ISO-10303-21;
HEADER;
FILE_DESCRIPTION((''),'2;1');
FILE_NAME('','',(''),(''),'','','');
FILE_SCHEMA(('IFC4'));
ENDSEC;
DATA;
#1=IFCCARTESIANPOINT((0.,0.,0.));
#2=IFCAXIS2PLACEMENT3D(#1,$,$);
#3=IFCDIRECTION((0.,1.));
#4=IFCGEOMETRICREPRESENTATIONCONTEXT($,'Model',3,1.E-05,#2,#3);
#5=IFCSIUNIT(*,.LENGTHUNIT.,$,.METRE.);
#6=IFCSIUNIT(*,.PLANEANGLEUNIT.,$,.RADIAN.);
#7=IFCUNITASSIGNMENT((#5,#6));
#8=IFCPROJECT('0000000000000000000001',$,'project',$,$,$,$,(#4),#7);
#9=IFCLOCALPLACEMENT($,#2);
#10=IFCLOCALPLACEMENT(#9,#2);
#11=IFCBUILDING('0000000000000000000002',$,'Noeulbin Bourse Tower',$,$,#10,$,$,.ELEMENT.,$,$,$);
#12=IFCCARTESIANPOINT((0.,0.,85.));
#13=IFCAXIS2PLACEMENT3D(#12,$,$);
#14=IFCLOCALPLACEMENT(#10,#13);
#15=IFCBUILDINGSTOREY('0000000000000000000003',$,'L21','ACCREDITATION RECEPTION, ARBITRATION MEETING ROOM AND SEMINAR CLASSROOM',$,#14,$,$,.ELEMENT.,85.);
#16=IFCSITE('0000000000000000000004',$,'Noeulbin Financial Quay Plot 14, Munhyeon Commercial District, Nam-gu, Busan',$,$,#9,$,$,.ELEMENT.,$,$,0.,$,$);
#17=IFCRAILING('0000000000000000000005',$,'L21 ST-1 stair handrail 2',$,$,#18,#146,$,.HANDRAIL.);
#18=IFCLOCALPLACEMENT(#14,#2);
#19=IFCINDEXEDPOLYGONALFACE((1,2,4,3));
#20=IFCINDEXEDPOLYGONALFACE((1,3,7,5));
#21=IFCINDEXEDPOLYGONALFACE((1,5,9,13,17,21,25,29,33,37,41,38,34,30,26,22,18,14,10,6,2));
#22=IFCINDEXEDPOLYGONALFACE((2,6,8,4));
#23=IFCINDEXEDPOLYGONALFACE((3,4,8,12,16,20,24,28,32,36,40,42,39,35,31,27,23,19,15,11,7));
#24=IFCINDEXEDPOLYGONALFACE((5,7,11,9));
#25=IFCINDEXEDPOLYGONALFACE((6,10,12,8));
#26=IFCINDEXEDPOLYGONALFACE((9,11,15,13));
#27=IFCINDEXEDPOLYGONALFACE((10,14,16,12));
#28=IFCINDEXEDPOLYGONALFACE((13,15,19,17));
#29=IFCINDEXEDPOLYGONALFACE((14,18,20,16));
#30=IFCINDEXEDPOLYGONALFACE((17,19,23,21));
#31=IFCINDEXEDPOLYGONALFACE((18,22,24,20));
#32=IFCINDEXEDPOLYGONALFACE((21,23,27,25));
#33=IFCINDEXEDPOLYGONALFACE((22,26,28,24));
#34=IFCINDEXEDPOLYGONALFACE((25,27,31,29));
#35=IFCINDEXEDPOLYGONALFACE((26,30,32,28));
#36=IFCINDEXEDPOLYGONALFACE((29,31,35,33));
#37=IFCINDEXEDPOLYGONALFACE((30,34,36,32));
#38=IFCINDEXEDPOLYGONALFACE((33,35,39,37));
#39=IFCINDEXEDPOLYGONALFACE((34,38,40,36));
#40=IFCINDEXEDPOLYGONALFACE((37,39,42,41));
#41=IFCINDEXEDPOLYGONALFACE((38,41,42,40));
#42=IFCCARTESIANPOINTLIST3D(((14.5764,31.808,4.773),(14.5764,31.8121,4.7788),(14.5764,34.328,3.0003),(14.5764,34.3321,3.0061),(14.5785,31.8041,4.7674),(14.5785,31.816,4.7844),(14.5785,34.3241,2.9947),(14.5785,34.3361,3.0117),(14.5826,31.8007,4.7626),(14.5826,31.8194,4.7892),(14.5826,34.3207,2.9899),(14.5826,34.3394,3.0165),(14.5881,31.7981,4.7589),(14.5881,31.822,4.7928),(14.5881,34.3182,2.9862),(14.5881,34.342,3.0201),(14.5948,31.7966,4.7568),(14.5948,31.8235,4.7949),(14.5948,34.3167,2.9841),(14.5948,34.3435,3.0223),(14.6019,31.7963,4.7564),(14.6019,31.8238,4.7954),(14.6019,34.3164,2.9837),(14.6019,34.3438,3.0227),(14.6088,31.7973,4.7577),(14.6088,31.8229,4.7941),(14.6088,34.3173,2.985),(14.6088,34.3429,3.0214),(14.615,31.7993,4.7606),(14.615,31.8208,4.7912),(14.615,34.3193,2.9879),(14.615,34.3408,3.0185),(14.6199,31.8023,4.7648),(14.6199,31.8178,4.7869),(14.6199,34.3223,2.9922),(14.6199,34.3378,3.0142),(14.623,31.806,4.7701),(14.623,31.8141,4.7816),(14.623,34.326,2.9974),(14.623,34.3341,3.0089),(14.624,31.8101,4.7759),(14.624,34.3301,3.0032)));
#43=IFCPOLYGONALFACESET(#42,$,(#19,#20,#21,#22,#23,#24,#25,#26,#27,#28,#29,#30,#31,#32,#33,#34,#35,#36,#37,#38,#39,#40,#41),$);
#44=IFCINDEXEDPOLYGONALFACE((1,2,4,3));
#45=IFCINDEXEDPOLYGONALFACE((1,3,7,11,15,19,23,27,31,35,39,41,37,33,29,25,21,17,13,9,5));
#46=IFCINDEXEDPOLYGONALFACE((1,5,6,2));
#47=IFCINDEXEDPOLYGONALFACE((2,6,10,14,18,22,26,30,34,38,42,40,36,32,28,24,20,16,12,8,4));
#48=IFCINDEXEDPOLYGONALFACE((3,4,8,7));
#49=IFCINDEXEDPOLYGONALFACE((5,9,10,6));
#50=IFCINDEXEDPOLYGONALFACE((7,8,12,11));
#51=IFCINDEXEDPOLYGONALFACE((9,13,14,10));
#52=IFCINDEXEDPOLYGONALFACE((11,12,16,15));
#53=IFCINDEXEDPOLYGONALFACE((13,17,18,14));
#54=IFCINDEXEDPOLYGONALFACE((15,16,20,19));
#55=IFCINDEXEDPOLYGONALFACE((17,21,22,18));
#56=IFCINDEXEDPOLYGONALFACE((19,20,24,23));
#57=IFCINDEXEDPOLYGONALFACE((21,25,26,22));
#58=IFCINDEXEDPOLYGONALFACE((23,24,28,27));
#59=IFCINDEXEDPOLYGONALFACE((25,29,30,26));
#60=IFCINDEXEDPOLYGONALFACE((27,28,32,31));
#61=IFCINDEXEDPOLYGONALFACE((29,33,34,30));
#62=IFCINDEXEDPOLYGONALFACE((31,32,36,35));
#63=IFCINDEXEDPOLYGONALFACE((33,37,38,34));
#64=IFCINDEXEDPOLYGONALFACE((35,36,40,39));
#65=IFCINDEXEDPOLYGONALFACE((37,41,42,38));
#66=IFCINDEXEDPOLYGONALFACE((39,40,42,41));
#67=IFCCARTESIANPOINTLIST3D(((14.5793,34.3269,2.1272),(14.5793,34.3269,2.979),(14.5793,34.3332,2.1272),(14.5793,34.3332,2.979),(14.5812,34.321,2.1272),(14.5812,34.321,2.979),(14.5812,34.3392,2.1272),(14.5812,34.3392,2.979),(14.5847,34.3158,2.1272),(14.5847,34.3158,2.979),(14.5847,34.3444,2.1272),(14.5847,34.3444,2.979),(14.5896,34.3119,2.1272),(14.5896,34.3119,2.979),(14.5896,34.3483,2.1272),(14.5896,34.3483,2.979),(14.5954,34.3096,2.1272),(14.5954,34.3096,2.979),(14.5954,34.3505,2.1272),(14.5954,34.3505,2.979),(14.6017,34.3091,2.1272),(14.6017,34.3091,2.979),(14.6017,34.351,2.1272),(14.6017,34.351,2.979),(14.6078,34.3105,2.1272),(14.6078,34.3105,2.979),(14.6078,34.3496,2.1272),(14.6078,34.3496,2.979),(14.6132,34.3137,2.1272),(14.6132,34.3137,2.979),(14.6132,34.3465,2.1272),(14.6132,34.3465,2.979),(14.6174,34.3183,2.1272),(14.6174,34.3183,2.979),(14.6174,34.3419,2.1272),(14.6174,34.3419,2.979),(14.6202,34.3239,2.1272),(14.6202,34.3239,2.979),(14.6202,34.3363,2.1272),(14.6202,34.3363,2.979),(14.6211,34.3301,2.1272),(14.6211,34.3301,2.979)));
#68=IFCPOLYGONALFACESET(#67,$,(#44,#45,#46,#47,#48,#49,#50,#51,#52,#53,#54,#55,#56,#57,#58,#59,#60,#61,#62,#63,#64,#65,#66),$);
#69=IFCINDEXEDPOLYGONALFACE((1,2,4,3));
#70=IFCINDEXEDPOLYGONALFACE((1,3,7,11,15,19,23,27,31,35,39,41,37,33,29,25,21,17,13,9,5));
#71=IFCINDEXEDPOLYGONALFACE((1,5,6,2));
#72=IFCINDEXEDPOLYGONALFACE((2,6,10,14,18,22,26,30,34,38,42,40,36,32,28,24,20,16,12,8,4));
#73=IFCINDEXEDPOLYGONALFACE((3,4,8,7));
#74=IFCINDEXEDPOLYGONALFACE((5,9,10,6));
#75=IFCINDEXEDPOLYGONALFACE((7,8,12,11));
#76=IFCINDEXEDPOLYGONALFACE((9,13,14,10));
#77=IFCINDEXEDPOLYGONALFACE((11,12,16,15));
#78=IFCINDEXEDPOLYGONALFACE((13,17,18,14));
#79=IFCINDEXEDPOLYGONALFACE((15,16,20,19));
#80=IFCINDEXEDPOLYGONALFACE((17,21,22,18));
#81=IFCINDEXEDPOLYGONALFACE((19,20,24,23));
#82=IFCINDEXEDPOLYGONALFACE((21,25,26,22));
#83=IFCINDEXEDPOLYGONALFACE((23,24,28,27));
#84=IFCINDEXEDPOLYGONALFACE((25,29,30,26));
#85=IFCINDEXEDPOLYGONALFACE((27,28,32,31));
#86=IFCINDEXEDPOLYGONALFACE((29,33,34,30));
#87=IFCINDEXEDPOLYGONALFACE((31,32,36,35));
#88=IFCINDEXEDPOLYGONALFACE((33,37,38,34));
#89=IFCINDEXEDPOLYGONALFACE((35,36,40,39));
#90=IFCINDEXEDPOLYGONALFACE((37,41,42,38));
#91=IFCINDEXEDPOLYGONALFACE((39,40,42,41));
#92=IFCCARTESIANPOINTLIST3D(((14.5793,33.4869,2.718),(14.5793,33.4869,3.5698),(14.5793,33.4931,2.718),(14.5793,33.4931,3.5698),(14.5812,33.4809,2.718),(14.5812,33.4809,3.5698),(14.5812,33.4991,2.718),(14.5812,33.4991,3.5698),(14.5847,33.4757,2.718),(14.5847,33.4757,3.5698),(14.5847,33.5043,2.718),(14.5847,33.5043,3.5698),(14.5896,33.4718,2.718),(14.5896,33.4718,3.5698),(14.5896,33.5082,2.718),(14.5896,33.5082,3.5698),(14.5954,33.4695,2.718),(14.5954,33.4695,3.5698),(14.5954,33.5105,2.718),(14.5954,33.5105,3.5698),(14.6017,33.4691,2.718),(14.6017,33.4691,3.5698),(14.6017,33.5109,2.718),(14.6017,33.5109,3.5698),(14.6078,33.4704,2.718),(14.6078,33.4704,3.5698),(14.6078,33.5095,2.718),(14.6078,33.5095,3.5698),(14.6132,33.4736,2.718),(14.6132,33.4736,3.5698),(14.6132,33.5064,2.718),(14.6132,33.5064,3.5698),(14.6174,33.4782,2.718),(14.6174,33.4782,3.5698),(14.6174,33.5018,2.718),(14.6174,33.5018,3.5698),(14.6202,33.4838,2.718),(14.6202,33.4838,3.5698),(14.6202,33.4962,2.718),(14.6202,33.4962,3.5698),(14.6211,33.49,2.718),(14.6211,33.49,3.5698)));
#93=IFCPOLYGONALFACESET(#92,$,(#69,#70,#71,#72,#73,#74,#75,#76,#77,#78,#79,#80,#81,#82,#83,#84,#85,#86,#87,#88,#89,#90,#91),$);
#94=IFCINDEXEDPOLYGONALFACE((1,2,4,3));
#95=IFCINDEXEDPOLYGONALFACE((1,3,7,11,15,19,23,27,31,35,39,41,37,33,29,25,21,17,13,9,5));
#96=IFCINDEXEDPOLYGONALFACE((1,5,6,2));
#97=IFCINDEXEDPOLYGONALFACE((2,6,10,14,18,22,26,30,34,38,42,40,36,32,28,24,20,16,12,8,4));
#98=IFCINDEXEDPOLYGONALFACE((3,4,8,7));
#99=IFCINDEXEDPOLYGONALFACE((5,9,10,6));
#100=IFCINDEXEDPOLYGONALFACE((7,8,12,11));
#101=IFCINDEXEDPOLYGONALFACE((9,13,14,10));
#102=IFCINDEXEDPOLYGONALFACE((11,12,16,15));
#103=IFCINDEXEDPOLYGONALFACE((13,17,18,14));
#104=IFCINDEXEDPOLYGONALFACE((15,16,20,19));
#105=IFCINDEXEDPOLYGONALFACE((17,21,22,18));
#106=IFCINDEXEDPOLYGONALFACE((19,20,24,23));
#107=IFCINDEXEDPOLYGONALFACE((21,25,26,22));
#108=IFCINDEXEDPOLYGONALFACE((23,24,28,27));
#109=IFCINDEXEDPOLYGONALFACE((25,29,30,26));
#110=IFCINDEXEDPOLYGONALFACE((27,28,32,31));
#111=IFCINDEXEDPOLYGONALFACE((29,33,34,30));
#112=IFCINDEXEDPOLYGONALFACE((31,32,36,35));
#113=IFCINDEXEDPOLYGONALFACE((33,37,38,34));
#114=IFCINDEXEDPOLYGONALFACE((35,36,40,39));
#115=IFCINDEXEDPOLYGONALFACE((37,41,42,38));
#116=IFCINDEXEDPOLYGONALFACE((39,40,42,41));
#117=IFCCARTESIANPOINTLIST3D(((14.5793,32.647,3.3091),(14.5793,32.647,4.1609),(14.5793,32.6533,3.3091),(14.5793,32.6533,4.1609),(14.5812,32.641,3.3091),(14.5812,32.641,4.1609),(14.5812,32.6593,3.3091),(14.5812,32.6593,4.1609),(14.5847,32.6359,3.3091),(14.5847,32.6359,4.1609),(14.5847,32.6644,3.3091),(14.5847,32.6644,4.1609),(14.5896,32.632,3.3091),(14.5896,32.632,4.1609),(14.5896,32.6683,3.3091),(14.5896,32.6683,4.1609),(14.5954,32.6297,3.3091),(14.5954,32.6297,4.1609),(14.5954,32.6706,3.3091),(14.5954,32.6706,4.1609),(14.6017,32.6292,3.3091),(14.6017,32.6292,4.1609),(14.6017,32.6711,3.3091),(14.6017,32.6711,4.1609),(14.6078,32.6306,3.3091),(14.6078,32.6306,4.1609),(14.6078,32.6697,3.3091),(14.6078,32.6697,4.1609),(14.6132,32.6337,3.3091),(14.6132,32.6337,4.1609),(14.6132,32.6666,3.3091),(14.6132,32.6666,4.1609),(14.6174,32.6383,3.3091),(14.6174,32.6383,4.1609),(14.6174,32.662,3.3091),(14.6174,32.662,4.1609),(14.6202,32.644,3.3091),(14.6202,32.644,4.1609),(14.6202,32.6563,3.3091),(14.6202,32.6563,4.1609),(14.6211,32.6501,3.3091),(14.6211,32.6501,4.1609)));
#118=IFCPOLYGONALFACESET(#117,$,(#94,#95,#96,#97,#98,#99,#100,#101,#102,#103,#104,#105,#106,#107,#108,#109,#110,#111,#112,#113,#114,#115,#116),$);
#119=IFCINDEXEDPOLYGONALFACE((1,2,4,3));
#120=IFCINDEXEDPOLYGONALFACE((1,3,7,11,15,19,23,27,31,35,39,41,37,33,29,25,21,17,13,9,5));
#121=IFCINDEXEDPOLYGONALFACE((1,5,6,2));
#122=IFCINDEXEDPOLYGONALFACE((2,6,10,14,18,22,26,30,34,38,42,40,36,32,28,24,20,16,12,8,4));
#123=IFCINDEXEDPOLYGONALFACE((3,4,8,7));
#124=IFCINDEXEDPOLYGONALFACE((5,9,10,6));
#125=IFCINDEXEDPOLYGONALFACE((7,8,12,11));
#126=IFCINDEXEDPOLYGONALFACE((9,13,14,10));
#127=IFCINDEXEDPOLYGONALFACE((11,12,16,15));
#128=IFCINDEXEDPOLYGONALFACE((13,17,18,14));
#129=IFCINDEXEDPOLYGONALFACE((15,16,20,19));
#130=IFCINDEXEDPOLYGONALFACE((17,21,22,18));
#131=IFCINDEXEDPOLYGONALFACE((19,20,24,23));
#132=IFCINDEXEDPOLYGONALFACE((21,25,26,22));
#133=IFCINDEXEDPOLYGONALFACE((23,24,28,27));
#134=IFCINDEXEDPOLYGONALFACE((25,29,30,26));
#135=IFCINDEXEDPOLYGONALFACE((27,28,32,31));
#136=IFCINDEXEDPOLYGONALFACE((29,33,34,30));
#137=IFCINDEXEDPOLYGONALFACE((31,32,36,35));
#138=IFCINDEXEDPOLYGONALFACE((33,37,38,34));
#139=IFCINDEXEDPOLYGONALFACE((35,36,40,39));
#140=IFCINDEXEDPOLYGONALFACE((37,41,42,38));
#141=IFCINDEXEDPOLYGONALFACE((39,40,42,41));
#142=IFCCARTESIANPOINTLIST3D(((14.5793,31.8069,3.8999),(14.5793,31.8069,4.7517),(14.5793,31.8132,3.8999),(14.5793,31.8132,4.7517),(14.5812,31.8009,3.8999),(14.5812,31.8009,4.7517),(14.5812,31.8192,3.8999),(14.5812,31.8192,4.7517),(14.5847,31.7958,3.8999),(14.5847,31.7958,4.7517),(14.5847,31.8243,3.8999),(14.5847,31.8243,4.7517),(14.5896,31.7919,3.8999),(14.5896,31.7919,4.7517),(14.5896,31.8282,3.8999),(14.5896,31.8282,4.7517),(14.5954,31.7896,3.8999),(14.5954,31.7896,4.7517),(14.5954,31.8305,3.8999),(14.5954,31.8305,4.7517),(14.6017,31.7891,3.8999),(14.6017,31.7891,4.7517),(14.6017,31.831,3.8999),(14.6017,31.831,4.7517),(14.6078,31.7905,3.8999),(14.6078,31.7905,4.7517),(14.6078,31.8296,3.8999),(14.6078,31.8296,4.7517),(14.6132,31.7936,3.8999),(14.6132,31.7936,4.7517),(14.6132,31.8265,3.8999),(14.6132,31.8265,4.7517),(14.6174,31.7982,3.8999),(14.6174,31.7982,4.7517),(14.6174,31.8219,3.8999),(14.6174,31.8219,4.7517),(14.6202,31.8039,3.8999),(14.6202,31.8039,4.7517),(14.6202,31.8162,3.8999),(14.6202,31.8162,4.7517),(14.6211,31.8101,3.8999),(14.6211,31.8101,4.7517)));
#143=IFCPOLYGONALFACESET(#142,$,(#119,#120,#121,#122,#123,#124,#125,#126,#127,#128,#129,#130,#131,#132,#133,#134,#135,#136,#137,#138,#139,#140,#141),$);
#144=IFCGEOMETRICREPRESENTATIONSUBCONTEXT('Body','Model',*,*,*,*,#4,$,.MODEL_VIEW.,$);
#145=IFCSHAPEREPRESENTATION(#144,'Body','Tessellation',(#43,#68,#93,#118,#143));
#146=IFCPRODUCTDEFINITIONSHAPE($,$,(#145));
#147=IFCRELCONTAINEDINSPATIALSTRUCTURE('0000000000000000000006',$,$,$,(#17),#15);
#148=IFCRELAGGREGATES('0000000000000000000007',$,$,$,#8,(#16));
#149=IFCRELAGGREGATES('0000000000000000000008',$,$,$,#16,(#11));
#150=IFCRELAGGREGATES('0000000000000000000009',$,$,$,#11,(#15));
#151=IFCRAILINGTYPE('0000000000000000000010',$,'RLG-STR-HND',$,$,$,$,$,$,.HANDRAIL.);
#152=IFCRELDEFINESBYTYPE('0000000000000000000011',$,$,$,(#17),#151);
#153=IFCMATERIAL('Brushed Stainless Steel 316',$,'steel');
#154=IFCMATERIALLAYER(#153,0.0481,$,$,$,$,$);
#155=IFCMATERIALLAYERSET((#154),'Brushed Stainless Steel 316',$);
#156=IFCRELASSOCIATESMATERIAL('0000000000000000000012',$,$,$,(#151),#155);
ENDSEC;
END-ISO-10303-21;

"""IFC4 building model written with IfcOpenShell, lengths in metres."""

from ifc_helpers import new_model, si_unit, direction, frame, origin, origin_2d, place, context, subcontext, project, spatial, circle, extrude, material, layer, layer_set, type_object, element, save


model = new_model("IFC4")

# Units and contexts
model_context = context("Model", 3, precision=1e-05, world=origin(), true_north=direction((0.0, 1.0)))
body_context = subcontext(model_context, "Body", "Model", "MODEL_VIEW")
ifc_project = project(units=[si_unit("LENGTHUNIT", "METRE"), si_unit("PLANEANGLEUNIT", "RADIAN")], contexts=[model_context])

# Site, building, storey
site_placement = place(None, origin())
site = spatial("IfcSite", under=ifc_project, at=site_placement, Name="Noeulbin Financial Quay Plot 14, Munhyeon Commercial District, Nam-gu, Busan", CompositionType="ELEMENT", RefElevation=0.0)
building_placement = place(site_placement, origin())
building = spatial("IfcBuilding", under=site, at=building_placement, Name="Noeulbin Bourse Tower", CompositionType="ELEMENT")
storey_placement = place(building_placement, frame((0.0, 0.0, 85.0)))
storey = spatial("IfcBuildingStorey", under=building, at=storey_placement, Name="L21", Description="ACCREDITATION RECEPTION, ARBITRATION MEETING ROOM AND SEMINAR CLASSROOM", CompositionType="ELEMENT", Elevation=85.0)

# Shared definitions
ifc_material_1 = material(Name="Brushed Stainless Steel 316", Category="steel")

# Railing
ifc_layer_1 = layer(ifc_material_1, 0.0481)
ifc_layer_set_1 = layer_set([ifc_layer_1], Name="Brushed Stainless Steel 316")
railing_type_1 = type_object("IfcRailingType", Name="RLG-STR-HND", PredefinedType="HANDRAIL", material=ifc_layer_set_1)
railing_1_placement = place(storey_placement, frame((14.6001, 34.3301, 2.1272)))
element("IfcRailing", 1, at=railing_1_placement, inside=storey, type_object=railing_type_1, Name="L21 ST-1 stair handrail 2", PredefinedType="HANDRAIL", context=body_context, shape_type="SweptSolid", body=[
    extrude(circle(Radius=0.0239, at=origin_2d()), frame((0.0, 0.0, 0.876), z_axis=(0.0, -0.817904, 0.575354), x_axis=(1.0, 0.0, 0.0)), (0.0, 0.0, 1.0), 3.0811),
    extrude(circle(Radius=0.021, at=origin_2d()), origin(), (0.0, 0.0, 1.0), 0.8518),
    extrude(circle(Radius=0.021, at=origin_2d()), frame((0.0, -0.8401, 0.5908)), (0.0, 0.0, 1.0), 0.8518),
    extrude(circle(Radius=0.021, at=origin_2d()), frame((0.0, -1.6799, 1.1819)), (0.0, 0.0, 1.0), 0.8518),
    extrude(circle(Radius=0.021, at=origin_2d()), frame((0.0, -2.52, 1.7727)), (0.0, 0.0, 1.0), 0.8518),
])

save(model, "model.ifc")
